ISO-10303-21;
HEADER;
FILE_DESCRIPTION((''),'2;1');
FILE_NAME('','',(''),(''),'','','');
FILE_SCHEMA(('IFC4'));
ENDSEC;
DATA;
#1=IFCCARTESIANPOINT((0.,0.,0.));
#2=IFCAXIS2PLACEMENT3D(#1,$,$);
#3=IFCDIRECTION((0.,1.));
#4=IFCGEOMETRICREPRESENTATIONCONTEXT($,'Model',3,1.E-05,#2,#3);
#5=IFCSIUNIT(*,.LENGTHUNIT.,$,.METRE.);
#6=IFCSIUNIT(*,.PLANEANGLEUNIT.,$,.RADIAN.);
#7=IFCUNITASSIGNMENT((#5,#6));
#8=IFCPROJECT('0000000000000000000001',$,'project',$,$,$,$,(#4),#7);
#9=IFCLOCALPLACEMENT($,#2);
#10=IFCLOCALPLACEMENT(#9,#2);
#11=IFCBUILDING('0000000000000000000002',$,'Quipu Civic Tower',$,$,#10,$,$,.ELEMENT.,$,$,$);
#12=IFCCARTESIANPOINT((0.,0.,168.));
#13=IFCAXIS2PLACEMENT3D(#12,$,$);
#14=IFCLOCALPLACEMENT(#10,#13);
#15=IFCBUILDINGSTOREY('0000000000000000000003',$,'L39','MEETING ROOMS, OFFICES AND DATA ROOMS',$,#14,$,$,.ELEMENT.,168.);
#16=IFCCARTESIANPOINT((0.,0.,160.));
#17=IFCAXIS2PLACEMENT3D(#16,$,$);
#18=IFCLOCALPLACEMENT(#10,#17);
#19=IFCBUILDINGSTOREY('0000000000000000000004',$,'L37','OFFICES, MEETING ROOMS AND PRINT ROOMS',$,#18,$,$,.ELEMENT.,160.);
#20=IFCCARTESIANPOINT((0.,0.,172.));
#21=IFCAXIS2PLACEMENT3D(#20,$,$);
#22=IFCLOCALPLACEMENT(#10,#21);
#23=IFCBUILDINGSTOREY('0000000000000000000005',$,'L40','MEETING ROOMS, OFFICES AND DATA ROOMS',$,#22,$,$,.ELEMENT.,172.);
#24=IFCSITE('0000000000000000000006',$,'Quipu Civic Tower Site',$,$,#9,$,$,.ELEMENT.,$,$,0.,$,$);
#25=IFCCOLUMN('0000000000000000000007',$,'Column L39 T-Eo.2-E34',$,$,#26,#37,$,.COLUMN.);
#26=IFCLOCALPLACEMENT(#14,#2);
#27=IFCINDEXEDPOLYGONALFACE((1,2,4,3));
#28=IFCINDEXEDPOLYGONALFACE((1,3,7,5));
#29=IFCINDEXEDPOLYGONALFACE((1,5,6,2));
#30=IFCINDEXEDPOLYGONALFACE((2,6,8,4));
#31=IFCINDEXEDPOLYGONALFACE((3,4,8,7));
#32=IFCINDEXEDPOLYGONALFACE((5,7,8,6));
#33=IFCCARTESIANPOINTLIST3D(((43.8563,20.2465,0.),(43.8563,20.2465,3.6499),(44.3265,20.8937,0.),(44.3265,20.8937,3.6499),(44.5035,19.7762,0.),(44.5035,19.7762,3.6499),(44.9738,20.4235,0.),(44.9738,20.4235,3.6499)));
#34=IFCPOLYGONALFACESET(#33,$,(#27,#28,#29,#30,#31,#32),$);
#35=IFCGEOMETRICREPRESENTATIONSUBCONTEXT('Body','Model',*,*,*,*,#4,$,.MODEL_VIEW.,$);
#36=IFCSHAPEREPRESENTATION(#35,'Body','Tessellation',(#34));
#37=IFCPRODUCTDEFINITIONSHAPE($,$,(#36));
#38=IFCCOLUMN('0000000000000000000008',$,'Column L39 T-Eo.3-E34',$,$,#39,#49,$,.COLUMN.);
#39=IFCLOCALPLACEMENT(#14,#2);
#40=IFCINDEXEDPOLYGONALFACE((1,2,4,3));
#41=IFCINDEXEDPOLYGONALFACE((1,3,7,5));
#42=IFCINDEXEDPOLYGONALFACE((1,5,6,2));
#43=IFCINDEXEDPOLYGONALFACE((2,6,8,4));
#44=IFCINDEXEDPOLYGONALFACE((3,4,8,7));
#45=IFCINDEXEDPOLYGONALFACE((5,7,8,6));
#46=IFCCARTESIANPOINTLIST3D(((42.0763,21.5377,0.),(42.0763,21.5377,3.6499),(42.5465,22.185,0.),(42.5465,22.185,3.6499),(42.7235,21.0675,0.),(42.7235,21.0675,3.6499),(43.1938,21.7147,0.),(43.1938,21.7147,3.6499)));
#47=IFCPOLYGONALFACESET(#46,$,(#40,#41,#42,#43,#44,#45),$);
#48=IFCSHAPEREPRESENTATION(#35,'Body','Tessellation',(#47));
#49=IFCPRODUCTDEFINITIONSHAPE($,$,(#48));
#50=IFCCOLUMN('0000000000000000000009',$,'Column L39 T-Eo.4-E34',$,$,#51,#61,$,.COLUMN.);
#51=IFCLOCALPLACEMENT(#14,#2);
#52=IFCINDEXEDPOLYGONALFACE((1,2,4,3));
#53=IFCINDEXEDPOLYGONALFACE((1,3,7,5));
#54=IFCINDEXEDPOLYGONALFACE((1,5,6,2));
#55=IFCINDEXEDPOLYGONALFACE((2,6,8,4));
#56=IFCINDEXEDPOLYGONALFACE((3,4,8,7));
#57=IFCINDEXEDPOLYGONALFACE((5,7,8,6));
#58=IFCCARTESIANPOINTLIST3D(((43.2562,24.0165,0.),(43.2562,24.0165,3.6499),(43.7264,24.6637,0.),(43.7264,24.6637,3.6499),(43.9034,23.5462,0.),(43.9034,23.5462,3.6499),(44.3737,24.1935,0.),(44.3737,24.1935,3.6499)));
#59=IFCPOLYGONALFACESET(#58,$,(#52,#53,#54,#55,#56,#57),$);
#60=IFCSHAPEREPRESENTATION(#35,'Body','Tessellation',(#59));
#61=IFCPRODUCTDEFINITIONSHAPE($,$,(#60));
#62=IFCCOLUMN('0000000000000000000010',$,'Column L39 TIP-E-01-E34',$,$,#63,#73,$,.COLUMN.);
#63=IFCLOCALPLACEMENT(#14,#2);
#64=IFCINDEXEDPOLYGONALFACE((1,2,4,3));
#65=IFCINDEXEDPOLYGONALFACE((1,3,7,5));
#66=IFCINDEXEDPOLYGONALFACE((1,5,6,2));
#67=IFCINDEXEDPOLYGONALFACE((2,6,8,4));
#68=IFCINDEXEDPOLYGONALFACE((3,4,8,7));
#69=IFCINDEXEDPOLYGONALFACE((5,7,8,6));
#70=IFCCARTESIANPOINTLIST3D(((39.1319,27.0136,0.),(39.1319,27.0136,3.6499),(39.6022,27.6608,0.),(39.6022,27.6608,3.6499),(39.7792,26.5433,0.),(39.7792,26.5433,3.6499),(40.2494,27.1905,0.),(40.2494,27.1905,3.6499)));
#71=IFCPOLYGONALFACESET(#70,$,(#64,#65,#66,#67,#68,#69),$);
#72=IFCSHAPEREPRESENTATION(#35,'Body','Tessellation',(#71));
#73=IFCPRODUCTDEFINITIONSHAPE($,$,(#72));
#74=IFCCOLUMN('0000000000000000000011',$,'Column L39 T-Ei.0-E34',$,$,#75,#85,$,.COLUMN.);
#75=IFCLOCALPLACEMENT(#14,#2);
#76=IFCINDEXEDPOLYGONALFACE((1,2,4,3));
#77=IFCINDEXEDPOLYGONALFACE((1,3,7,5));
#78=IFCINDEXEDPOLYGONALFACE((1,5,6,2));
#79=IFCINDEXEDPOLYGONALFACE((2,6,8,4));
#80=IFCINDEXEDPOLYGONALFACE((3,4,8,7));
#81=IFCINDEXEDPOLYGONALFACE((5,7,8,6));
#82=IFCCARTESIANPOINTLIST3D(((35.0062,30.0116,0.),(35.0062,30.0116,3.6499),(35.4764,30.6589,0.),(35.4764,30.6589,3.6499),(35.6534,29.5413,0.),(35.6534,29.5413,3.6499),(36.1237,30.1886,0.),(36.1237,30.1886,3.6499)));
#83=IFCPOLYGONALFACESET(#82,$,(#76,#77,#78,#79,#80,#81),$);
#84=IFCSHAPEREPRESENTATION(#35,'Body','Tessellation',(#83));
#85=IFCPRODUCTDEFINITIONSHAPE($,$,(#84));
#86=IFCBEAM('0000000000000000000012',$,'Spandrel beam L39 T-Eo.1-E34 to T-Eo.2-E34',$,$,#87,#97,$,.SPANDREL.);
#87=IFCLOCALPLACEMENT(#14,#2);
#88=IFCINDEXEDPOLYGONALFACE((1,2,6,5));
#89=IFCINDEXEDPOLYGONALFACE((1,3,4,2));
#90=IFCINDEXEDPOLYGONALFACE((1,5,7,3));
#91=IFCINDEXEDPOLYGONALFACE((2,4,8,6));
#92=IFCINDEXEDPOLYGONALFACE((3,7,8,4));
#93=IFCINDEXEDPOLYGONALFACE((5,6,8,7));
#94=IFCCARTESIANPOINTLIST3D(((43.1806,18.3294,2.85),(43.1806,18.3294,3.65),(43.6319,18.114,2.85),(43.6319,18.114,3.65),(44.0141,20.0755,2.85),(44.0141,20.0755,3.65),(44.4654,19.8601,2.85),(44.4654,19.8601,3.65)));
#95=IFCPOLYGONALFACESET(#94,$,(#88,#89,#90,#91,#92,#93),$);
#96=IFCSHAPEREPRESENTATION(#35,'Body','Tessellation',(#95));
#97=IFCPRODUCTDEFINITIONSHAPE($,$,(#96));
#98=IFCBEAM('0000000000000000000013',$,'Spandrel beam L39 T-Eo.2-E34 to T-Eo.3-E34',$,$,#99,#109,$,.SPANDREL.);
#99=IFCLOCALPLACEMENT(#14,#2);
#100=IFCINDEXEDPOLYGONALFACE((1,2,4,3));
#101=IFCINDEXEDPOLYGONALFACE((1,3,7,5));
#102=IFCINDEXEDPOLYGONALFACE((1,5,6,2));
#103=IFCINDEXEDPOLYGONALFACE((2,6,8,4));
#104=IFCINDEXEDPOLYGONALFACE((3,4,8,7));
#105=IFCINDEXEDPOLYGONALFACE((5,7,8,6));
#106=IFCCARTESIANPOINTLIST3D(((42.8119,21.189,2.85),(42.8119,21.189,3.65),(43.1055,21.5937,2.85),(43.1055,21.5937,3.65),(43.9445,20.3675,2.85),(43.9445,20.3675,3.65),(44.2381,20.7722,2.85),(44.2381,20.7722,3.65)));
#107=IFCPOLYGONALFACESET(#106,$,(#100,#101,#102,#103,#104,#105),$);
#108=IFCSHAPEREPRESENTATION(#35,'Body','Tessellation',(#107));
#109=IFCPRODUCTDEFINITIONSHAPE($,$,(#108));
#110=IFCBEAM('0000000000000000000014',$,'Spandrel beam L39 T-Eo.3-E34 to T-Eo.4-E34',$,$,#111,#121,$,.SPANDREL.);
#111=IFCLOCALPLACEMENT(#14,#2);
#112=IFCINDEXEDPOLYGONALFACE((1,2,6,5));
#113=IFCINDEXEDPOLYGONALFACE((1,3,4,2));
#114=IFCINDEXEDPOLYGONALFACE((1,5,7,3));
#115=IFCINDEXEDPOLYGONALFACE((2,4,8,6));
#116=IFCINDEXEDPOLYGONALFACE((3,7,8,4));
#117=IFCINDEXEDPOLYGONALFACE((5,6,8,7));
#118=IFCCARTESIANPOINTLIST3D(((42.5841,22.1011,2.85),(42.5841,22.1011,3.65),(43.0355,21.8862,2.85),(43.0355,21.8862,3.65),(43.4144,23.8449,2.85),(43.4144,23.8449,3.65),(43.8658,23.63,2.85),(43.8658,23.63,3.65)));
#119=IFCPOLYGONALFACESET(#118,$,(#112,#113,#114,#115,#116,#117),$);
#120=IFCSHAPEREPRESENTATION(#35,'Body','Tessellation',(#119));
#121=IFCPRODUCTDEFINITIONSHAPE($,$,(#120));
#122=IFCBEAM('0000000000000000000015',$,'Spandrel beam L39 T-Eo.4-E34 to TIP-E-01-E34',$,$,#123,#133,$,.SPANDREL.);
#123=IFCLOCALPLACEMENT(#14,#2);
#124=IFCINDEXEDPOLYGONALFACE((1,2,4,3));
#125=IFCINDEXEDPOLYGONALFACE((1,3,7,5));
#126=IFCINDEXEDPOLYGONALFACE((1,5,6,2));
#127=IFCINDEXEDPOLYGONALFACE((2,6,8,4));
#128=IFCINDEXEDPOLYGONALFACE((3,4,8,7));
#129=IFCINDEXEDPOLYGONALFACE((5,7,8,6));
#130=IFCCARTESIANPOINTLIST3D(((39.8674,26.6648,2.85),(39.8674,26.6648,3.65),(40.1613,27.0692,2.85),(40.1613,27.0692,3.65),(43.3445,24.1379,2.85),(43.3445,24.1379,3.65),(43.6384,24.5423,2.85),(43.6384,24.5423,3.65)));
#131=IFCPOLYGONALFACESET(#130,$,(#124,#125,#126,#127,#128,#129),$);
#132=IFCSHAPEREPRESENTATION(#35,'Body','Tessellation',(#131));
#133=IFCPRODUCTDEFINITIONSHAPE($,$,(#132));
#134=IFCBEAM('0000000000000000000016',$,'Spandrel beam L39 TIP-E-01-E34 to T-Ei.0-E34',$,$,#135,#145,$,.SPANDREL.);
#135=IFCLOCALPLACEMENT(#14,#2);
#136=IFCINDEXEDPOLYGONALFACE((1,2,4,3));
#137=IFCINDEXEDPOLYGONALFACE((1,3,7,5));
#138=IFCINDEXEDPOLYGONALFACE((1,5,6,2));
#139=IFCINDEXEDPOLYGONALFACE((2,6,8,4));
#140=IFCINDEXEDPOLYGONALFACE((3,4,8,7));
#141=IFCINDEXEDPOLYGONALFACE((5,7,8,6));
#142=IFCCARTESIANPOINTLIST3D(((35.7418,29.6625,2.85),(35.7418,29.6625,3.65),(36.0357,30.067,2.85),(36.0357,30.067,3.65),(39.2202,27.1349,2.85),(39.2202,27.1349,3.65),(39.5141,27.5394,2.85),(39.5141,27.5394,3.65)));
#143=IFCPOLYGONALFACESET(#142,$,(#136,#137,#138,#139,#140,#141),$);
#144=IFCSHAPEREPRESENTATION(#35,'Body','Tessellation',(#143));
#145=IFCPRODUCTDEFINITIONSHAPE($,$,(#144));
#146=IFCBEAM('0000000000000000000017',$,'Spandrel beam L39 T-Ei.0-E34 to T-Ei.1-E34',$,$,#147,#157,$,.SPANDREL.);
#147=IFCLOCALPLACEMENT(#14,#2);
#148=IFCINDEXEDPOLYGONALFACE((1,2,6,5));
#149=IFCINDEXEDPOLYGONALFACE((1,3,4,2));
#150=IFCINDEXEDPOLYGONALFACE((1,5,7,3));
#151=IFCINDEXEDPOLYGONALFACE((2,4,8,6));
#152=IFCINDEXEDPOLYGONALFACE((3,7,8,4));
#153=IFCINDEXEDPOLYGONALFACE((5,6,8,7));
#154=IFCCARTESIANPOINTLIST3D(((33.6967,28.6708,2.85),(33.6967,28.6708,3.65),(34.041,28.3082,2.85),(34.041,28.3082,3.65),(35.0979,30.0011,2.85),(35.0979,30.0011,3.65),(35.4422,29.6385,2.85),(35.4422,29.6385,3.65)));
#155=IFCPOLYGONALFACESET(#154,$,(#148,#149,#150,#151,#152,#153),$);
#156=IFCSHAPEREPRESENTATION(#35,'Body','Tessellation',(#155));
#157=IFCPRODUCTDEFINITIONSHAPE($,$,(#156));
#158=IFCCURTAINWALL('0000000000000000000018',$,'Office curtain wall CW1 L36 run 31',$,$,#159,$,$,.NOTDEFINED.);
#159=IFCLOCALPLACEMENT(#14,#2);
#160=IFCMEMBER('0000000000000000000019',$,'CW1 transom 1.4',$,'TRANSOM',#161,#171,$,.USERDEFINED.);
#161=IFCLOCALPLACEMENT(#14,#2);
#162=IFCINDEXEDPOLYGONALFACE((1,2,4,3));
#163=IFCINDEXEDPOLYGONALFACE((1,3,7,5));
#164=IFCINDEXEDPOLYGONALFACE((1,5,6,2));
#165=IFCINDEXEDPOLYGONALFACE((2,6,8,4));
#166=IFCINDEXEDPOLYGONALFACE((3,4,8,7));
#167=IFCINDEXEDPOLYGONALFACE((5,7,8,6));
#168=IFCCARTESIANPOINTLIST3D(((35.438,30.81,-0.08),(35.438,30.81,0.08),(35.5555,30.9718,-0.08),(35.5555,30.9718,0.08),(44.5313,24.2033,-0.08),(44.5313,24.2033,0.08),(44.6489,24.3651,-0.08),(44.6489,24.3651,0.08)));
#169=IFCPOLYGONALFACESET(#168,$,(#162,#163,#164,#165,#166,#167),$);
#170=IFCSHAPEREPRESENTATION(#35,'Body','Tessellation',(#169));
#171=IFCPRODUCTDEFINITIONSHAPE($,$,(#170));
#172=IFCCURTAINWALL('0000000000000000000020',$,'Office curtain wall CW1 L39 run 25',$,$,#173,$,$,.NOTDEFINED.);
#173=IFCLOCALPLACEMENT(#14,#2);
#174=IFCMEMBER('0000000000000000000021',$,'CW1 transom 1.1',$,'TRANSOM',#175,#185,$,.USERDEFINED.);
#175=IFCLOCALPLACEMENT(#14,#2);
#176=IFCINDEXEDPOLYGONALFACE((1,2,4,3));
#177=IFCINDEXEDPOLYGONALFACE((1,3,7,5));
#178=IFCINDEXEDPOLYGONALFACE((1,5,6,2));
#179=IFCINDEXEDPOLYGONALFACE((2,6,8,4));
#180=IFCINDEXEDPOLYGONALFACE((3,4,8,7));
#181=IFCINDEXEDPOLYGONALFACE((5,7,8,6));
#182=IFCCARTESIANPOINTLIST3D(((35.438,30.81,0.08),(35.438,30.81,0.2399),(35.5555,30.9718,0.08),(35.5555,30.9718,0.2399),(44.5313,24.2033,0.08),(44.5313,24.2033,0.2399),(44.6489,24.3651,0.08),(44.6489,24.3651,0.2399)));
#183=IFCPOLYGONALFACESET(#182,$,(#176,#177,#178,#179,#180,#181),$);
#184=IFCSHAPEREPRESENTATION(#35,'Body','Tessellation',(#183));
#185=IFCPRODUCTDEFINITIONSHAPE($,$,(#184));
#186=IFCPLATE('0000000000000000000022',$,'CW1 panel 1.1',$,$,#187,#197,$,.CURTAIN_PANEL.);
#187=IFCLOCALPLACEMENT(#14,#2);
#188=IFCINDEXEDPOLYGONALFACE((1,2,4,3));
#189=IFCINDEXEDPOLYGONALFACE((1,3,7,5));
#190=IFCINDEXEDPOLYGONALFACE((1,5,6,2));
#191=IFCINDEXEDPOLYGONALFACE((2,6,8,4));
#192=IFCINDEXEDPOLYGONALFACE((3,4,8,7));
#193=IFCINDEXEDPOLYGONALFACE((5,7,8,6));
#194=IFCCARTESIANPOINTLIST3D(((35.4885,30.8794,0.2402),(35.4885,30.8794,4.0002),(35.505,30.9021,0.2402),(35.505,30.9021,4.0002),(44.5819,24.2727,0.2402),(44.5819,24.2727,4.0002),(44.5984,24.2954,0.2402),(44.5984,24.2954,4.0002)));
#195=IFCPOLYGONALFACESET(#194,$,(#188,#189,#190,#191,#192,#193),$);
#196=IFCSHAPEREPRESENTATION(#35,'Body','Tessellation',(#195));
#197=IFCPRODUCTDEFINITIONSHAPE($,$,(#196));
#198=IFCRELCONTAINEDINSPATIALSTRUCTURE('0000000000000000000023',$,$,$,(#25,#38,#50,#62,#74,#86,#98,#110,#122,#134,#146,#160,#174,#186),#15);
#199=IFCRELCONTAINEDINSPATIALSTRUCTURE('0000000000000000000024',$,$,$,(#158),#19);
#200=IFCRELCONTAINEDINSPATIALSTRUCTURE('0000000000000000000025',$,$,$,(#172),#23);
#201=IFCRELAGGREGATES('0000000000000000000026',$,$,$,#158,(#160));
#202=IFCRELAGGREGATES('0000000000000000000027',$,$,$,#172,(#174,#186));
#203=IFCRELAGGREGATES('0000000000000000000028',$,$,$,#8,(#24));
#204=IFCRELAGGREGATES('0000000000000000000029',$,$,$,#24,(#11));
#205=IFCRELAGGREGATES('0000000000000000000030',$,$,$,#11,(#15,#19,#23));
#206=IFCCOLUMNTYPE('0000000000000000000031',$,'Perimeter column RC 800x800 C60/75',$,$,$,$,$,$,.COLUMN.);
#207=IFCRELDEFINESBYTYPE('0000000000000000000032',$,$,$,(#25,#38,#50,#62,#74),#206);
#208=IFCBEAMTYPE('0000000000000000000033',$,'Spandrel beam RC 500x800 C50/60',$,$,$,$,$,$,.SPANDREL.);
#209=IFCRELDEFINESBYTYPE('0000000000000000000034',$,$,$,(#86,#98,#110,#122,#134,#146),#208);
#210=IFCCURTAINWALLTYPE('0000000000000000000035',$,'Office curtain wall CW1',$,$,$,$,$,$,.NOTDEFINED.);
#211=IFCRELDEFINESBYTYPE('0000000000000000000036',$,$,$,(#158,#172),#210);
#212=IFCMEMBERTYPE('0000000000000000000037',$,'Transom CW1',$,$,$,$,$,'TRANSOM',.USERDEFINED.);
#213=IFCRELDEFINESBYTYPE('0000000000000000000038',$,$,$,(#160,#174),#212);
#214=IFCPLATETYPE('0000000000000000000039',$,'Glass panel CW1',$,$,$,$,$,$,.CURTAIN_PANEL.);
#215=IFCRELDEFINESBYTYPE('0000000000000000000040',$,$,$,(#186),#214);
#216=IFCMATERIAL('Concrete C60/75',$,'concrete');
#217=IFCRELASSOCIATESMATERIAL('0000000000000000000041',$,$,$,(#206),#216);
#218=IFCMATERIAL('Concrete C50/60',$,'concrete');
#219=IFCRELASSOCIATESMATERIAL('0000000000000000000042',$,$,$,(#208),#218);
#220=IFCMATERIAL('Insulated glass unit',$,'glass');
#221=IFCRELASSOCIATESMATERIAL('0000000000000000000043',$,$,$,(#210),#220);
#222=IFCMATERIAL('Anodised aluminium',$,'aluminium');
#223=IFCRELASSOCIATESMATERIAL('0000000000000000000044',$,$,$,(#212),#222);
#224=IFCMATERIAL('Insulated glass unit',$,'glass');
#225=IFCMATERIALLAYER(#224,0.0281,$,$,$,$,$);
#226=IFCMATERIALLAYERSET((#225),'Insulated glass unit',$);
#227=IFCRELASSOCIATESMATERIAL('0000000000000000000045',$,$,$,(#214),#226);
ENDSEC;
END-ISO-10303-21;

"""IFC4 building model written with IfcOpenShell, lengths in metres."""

from ifc_helpers import new_model, si_unit, direction, frame, origin, origin_2d, place, context, subcontext, project, spatial, rectangle, extrude, material, layer, layer_set, material_profile, profile_set, type_object, element, aggregate, save


model = new_model("IFC4")

# Units and contexts
model_context = context("Model", 3, precision=1e-05, world=origin(), true_north=direction((0.0, 1.0)))
body_context = subcontext(model_context, "Body", "Model", "MODEL_VIEW")
ifc_project = project(units=[si_unit("LENGTHUNIT", "METRE"), si_unit("PLANEANGLEUNIT", "RADIAN")], contexts=[model_context])

# Site, building, storey
site_placement = place(None, origin())
site = spatial("IfcSite", under=ifc_project, at=site_placement, Name="Quipu Civic Tower Site", CompositionType="ELEMENT", RefElevation=0.0)
building_placement = place(site_placement, origin())
building = spatial("IfcBuilding", under=site, at=building_placement, Name="Quipu Civic Tower", CompositionType="ELEMENT")
storey_1_placement = place(building_placement, frame((0.0, 0.0, 168.0)))
storey_1 = spatial("IfcBuildingStorey", under=building, at=storey_1_placement, Name="L39", Description="MEETING ROOMS, OFFICES AND DATA ROOMS", CompositionType="ELEMENT", Elevation=168.0)

# Columns
ifc_material_1 = material(Name="Concrete C60/75", Category="concrete")
ifc_material_profile_1 = material_profile(ifc_material_1, rectangle(XDim=0.8, YDim=0.8, at=origin_2d()), Name="RC800x800")
ifc_profile_set_1 = profile_set([ifc_material_profile_1], Name="Concrete C60/75")
column_type = type_object("IfcColumnType", Name="Perimeter column RC 800x800 C60/75", PredefinedType="COLUMN", material=ifc_profile_set_1)
for number, where, z_axis, x_axis, name in (
    (1, (44.415, 20.335, 0.0), (0.0, 0.0, 1.0), (0.587785, 0.809017, 0.0), "Column L39 T-Eo.2-E34"),
    (2, (42.635, 21.6262, 0.0), (0.0, 0.0, 1.0), (-0.809017, 0.587785, 0.0), "Column L39 T-Eo.3-E34"),
    (3, (43.8149, 24.105, 0.0), (0.0, 0.0, 1.0), (-0.809017, 0.587785, 0.0), "Column L39 T-Eo.4-E34"),
    (4, (39.6907, 27.1021, 0.0), (0.0, 0.0, 1.0), (-0.809017, 0.587785, 0.0), "Column L39 TIP-E-01-E34"),
    (5, (35.5649, 30.1001, 0.0), (0.0, 0.0, 1.0), (-0.587785, -0.809017, 0.0), "Column L39 T-Ei.0-E34"),
):
    element("IfcColumn", number, at=place(storey_1_placement, frame(where, z_axis=z_axis, x_axis=x_axis)), inside=storey_1, type_object=column_type, Name=name, PredefinedType="COLUMN", context=body_context, shape_type="SweptSolid", body=[
        extrude(rectangle(XDim=0.8, YDim=0.8, at=origin_2d()), origin(), (0.0, 0.0, 1.0), 3.6499),
    ])

# Beams
ifc_material_2 = material(Name="Concrete C50/60", Category="concrete")
ifc_material_profile_2 = material_profile(ifc_material_2, rectangle(XDim=0.5, YDim=0.8, at=origin_2d()), Name="RC500x800")
ifc_profile_set_2 = profile_set([ifc_material_profile_2], Name="Concrete C50/60")
beam_type = type_object("IfcBeamType", Name="Spandrel beam RC 500x800 C50/60", PredefinedType="SPANDREL", material=ifc_profile_set_2)
beam_1_placement = place(storey_1_placement, frame((43.4062, 18.2217, 3.25), z_axis=(0.430786, 0.902454, 0.0), x_axis=(-0.902454, 0.430786, 0.0)))
element("IfcBeam", 6, at=beam_1_placement, inside=storey_1, type_object=beam_type, Name="Spandrel beam L39 T-Eo.1-E34 to T-Eo.2-E34", PredefinedType="SPANDREL", context=body_context, shape_type="SweptSolid", body=[
    extrude(rectangle(XDim=0.5, YDim=0.8, at=origin_2d()), origin(), (0.0, 0.0, 1.0), 1.9348),
])
beam_2_placement = place(storey_1_placement, frame((44.0913, 20.5698, 3.25), z_axis=(-0.809467, 0.587165, 0.0), x_axis=(-0.587165, -0.809467, 0.0)))
element("IfcBeam", 7, at=beam_2_placement, inside=storey_1, type_object=beam_type, Name="Spandrel beam L39 T-Eo.2-E34 to T-Eo.3-E34", PredefinedType="SPANDREL", context=body_context, shape_type="SweptSolid", body=[
    extrude(rectangle(XDim=0.5, YDim=0.8, at=origin_2d()), origin(), (0.0, 0.0, 1.0), 1.3992),
])
beam_3_placement = place(storey_1_placement, frame((42.8098, 21.9937, 3.25), z_axis=(0.429889, 0.902882, 0.0), x_axis=(-0.902882, 0.429889, 0.0)))
element("IfcBeam", 8, at=beam_3_placement, inside=storey_1, type_object=beam_type, Name="Spandrel beam L39 T-Eo.3-E34 to T-Eo.4-E34", PredefinedType="SPANDREL", context=body_context, shape_type="SweptSolid", body=[
    extrude(rectangle(XDim=0.5, YDim=0.8, at=origin_2d()), origin(), (0.0, 0.0, 1.0), 1.9314),
])
beam_4_placement = place(storey_1_placement, frame((43.4915, 24.3401, 3.25), z_axis=(-0.808947, 0.587881, 0.0), x_axis=(-0.587881, -0.808947, 0.0)))
element("IfcBeam", 9, at=beam_4_placement, inside=storey_1, type_object=beam_type, Name="Spandrel beam L39 T-Eo.4-E34 to TIP-E-01-E34", PredefinedType="SPANDREL", context=body_context, shape_type="SweptSolid", body=[
    extrude(rectangle(XDim=0.5, YDim=0.8, at=origin_2d()), origin(), (0.0, 0.0, 1.0), 4.2983),
])
beam_5_placement = place(storey_1_placement, frame((39.3672, 27.3372, 3.25), z_axis=(-0.808984, 0.587831, 0.0), x_axis=(-0.587831, -0.808984, 0.0)))
element("IfcBeam", 10, at=beam_5_placement, inside=storey_1, type_object=beam_type, Name="Spandrel beam L39 TIP-E-01-E34 to T-Ei.0-E34", PredefinedType="SPANDREL", context=body_context, shape_type="SweptSolid", body=[
    extrude(rectangle(XDim=0.5, YDim=0.8, at=origin_2d()), origin(), (0.0, 0.0, 1.0), 4.2998),
])
beam_6_placement = place(storey_1_placement, frame((35.27, 29.8198, 3.25), z_axis=(-0.725192, -0.688547, 0.0), x_axis=(0.688547, -0.725192, 0.0)))
element("IfcBeam", 11, at=beam_6_placement, inside=storey_1, type_object=beam_type, Name="Spandrel beam L39 T-Ei.0-E34 to T-Ei.1-E34", PredefinedType="SPANDREL", context=body_context, shape_type="SweptSolid", body=[
    extrude(rectangle(XDim=0.5, YDim=0.8, at=origin_2d()), origin(), (0.0, 0.0, 1.0), 1.9321),
])

# Shared definitions
storey_2_placement = place(building_placement, frame((0.0, 0.0, 160.0)))
storey_2 = spatial("IfcBuildingStorey", under=building, at=storey_2_placement, Name="L37", Description="OFFICES, MEETING ROOMS AND PRINT ROOMS", CompositionType="ELEMENT", Elevation=160.0)

# Curtain wall, member
ifc_material_3 = material(Name="Insulated glass unit", Category="glass")
curtain_wall_type = type_object("IfcCurtainWallType", Name="Office curtain wall CW1", PredefinedType="NOTDEFINED", material=ifc_material_3)
curtain_wall_1_placement = place(storey_2_placement, origin())
curtain_wall_1 = element("IfcCurtainWall", 12, at=curtain_wall_1_placement, inside=storey_2, type_object=curtain_wall_type, Name="Office curtain wall CW1 L36 run 31", PredefinedType="NOTDEFINED")
ifc_material_4 = material(Name="Anodised aluminium", Category="aluminium")
ifc_material_profile_3 = material_profile(ifc_material_4, rectangle(XDim=0.2, YDim=0.1599, at=origin_2d()), Name="RECT 200x160")
ifc_profile_set_3 = profile_set([ifc_material_profile_3], Name="Anodised aluminium")
member_type = type_object("IfcMemberType", Name="Transom CW1", ElementType="TRANSOM", PredefinedType="USERDEFINED", material=ifc_profile_set_3)
member_1_placement = place(storey_1_placement, frame((44.5901, 24.2842, 0.0), z_axis=(-0.809015, 0.587788, 0.0), x_axis=(-0.587788, -0.809015, 0.0)))
member_1 = element("IfcMember", 13, at=member_1_placement, inside=storey_1, type_object=member_type, Name="CW1 transom 1.4", ObjectType="TRANSOM", PredefinedType="USERDEFINED", context=body_context, shape_type="SweptSolid", body=[
    extrude(rectangle(XDim=0.2, YDim=0.1599, at=origin_2d()), origin(), (0.0, 0.0, 1.0), 11.24),
])
aggregate(curtain_wall_1, [member_1])

# Shared definitions
storey_3_placement = place(building_placement, frame((0.0, 0.0, 172.0)))
storey_3 = spatial("IfcBuildingStorey", under=building, at=storey_3_placement, Name="L40", Description="MEETING ROOMS, OFFICES AND DATA ROOMS", CompositionType="ELEMENT", Elevation=172.0)

# Curtain wall, member, plate
curtain_wall_2_placement = place(storey_3_placement, origin())
curtain_wall_2 = element("IfcCurtainWall", 14, at=curtain_wall_2_placement, inside=storey_3, type_object=curtain_wall_type, Name="Office curtain wall CW1 L39 run 25", PredefinedType="NOTDEFINED")
member_2_placement = place(storey_1_placement, frame((44.5901, 24.2842, 0.1599), z_axis=(-0.809015, 0.587788, 0.0), x_axis=(-0.587788, -0.809015, 0.0)))
member_2 = element("IfcMember", 15, at=member_2_placement, inside=storey_1, type_object=member_type, Name="CW1 transom 1.1", ObjectType="TRANSOM", PredefinedType="USERDEFINED", context=body_context, shape_type="SweptSolid", body=[
    extrude(rectangle(XDim=0.2, YDim=0.1599, at=origin_2d()), origin(), (0.0, 0.0, 1.0), 11.24),
])
ifc_material_5 = material(Name="Insulated glass unit", Category="glass")
ifc_layer_1 = layer(ifc_material_5, 0.0281)
ifc_layer_set_1 = layer_set([ifc_layer_1], Name="Insulated glass unit")
plate_type_1 = type_object("IfcPlateType", Name="Glass panel CW1", PredefinedType="CURTAIN_PANEL", material=ifc_layer_set_1)
plate_placement = place(storey_1_placement, frame((40.0435, 27.5874, 0.2402), z_axis=(0.0, 0.0, 1.0), x_axis=(-0.809015, 0.587788, 0.0)))
plate = element("IfcPlate", 16, at=plate_placement, inside=storey_1, type_object=plate_type_1, Name="CW1 panel 1.1", PredefinedType="CURTAIN_PANEL", context=body_context, shape_type="SweptSolid", body=[
    extrude(rectangle(XDim=11.24, YDim=0.0281, at=origin_2d()), origin(), (0.0, 0.0, 1.0), 3.76),
])
aggregate(curtain_wall_2, [member_2, plate])

save(model, "model.ifc")
